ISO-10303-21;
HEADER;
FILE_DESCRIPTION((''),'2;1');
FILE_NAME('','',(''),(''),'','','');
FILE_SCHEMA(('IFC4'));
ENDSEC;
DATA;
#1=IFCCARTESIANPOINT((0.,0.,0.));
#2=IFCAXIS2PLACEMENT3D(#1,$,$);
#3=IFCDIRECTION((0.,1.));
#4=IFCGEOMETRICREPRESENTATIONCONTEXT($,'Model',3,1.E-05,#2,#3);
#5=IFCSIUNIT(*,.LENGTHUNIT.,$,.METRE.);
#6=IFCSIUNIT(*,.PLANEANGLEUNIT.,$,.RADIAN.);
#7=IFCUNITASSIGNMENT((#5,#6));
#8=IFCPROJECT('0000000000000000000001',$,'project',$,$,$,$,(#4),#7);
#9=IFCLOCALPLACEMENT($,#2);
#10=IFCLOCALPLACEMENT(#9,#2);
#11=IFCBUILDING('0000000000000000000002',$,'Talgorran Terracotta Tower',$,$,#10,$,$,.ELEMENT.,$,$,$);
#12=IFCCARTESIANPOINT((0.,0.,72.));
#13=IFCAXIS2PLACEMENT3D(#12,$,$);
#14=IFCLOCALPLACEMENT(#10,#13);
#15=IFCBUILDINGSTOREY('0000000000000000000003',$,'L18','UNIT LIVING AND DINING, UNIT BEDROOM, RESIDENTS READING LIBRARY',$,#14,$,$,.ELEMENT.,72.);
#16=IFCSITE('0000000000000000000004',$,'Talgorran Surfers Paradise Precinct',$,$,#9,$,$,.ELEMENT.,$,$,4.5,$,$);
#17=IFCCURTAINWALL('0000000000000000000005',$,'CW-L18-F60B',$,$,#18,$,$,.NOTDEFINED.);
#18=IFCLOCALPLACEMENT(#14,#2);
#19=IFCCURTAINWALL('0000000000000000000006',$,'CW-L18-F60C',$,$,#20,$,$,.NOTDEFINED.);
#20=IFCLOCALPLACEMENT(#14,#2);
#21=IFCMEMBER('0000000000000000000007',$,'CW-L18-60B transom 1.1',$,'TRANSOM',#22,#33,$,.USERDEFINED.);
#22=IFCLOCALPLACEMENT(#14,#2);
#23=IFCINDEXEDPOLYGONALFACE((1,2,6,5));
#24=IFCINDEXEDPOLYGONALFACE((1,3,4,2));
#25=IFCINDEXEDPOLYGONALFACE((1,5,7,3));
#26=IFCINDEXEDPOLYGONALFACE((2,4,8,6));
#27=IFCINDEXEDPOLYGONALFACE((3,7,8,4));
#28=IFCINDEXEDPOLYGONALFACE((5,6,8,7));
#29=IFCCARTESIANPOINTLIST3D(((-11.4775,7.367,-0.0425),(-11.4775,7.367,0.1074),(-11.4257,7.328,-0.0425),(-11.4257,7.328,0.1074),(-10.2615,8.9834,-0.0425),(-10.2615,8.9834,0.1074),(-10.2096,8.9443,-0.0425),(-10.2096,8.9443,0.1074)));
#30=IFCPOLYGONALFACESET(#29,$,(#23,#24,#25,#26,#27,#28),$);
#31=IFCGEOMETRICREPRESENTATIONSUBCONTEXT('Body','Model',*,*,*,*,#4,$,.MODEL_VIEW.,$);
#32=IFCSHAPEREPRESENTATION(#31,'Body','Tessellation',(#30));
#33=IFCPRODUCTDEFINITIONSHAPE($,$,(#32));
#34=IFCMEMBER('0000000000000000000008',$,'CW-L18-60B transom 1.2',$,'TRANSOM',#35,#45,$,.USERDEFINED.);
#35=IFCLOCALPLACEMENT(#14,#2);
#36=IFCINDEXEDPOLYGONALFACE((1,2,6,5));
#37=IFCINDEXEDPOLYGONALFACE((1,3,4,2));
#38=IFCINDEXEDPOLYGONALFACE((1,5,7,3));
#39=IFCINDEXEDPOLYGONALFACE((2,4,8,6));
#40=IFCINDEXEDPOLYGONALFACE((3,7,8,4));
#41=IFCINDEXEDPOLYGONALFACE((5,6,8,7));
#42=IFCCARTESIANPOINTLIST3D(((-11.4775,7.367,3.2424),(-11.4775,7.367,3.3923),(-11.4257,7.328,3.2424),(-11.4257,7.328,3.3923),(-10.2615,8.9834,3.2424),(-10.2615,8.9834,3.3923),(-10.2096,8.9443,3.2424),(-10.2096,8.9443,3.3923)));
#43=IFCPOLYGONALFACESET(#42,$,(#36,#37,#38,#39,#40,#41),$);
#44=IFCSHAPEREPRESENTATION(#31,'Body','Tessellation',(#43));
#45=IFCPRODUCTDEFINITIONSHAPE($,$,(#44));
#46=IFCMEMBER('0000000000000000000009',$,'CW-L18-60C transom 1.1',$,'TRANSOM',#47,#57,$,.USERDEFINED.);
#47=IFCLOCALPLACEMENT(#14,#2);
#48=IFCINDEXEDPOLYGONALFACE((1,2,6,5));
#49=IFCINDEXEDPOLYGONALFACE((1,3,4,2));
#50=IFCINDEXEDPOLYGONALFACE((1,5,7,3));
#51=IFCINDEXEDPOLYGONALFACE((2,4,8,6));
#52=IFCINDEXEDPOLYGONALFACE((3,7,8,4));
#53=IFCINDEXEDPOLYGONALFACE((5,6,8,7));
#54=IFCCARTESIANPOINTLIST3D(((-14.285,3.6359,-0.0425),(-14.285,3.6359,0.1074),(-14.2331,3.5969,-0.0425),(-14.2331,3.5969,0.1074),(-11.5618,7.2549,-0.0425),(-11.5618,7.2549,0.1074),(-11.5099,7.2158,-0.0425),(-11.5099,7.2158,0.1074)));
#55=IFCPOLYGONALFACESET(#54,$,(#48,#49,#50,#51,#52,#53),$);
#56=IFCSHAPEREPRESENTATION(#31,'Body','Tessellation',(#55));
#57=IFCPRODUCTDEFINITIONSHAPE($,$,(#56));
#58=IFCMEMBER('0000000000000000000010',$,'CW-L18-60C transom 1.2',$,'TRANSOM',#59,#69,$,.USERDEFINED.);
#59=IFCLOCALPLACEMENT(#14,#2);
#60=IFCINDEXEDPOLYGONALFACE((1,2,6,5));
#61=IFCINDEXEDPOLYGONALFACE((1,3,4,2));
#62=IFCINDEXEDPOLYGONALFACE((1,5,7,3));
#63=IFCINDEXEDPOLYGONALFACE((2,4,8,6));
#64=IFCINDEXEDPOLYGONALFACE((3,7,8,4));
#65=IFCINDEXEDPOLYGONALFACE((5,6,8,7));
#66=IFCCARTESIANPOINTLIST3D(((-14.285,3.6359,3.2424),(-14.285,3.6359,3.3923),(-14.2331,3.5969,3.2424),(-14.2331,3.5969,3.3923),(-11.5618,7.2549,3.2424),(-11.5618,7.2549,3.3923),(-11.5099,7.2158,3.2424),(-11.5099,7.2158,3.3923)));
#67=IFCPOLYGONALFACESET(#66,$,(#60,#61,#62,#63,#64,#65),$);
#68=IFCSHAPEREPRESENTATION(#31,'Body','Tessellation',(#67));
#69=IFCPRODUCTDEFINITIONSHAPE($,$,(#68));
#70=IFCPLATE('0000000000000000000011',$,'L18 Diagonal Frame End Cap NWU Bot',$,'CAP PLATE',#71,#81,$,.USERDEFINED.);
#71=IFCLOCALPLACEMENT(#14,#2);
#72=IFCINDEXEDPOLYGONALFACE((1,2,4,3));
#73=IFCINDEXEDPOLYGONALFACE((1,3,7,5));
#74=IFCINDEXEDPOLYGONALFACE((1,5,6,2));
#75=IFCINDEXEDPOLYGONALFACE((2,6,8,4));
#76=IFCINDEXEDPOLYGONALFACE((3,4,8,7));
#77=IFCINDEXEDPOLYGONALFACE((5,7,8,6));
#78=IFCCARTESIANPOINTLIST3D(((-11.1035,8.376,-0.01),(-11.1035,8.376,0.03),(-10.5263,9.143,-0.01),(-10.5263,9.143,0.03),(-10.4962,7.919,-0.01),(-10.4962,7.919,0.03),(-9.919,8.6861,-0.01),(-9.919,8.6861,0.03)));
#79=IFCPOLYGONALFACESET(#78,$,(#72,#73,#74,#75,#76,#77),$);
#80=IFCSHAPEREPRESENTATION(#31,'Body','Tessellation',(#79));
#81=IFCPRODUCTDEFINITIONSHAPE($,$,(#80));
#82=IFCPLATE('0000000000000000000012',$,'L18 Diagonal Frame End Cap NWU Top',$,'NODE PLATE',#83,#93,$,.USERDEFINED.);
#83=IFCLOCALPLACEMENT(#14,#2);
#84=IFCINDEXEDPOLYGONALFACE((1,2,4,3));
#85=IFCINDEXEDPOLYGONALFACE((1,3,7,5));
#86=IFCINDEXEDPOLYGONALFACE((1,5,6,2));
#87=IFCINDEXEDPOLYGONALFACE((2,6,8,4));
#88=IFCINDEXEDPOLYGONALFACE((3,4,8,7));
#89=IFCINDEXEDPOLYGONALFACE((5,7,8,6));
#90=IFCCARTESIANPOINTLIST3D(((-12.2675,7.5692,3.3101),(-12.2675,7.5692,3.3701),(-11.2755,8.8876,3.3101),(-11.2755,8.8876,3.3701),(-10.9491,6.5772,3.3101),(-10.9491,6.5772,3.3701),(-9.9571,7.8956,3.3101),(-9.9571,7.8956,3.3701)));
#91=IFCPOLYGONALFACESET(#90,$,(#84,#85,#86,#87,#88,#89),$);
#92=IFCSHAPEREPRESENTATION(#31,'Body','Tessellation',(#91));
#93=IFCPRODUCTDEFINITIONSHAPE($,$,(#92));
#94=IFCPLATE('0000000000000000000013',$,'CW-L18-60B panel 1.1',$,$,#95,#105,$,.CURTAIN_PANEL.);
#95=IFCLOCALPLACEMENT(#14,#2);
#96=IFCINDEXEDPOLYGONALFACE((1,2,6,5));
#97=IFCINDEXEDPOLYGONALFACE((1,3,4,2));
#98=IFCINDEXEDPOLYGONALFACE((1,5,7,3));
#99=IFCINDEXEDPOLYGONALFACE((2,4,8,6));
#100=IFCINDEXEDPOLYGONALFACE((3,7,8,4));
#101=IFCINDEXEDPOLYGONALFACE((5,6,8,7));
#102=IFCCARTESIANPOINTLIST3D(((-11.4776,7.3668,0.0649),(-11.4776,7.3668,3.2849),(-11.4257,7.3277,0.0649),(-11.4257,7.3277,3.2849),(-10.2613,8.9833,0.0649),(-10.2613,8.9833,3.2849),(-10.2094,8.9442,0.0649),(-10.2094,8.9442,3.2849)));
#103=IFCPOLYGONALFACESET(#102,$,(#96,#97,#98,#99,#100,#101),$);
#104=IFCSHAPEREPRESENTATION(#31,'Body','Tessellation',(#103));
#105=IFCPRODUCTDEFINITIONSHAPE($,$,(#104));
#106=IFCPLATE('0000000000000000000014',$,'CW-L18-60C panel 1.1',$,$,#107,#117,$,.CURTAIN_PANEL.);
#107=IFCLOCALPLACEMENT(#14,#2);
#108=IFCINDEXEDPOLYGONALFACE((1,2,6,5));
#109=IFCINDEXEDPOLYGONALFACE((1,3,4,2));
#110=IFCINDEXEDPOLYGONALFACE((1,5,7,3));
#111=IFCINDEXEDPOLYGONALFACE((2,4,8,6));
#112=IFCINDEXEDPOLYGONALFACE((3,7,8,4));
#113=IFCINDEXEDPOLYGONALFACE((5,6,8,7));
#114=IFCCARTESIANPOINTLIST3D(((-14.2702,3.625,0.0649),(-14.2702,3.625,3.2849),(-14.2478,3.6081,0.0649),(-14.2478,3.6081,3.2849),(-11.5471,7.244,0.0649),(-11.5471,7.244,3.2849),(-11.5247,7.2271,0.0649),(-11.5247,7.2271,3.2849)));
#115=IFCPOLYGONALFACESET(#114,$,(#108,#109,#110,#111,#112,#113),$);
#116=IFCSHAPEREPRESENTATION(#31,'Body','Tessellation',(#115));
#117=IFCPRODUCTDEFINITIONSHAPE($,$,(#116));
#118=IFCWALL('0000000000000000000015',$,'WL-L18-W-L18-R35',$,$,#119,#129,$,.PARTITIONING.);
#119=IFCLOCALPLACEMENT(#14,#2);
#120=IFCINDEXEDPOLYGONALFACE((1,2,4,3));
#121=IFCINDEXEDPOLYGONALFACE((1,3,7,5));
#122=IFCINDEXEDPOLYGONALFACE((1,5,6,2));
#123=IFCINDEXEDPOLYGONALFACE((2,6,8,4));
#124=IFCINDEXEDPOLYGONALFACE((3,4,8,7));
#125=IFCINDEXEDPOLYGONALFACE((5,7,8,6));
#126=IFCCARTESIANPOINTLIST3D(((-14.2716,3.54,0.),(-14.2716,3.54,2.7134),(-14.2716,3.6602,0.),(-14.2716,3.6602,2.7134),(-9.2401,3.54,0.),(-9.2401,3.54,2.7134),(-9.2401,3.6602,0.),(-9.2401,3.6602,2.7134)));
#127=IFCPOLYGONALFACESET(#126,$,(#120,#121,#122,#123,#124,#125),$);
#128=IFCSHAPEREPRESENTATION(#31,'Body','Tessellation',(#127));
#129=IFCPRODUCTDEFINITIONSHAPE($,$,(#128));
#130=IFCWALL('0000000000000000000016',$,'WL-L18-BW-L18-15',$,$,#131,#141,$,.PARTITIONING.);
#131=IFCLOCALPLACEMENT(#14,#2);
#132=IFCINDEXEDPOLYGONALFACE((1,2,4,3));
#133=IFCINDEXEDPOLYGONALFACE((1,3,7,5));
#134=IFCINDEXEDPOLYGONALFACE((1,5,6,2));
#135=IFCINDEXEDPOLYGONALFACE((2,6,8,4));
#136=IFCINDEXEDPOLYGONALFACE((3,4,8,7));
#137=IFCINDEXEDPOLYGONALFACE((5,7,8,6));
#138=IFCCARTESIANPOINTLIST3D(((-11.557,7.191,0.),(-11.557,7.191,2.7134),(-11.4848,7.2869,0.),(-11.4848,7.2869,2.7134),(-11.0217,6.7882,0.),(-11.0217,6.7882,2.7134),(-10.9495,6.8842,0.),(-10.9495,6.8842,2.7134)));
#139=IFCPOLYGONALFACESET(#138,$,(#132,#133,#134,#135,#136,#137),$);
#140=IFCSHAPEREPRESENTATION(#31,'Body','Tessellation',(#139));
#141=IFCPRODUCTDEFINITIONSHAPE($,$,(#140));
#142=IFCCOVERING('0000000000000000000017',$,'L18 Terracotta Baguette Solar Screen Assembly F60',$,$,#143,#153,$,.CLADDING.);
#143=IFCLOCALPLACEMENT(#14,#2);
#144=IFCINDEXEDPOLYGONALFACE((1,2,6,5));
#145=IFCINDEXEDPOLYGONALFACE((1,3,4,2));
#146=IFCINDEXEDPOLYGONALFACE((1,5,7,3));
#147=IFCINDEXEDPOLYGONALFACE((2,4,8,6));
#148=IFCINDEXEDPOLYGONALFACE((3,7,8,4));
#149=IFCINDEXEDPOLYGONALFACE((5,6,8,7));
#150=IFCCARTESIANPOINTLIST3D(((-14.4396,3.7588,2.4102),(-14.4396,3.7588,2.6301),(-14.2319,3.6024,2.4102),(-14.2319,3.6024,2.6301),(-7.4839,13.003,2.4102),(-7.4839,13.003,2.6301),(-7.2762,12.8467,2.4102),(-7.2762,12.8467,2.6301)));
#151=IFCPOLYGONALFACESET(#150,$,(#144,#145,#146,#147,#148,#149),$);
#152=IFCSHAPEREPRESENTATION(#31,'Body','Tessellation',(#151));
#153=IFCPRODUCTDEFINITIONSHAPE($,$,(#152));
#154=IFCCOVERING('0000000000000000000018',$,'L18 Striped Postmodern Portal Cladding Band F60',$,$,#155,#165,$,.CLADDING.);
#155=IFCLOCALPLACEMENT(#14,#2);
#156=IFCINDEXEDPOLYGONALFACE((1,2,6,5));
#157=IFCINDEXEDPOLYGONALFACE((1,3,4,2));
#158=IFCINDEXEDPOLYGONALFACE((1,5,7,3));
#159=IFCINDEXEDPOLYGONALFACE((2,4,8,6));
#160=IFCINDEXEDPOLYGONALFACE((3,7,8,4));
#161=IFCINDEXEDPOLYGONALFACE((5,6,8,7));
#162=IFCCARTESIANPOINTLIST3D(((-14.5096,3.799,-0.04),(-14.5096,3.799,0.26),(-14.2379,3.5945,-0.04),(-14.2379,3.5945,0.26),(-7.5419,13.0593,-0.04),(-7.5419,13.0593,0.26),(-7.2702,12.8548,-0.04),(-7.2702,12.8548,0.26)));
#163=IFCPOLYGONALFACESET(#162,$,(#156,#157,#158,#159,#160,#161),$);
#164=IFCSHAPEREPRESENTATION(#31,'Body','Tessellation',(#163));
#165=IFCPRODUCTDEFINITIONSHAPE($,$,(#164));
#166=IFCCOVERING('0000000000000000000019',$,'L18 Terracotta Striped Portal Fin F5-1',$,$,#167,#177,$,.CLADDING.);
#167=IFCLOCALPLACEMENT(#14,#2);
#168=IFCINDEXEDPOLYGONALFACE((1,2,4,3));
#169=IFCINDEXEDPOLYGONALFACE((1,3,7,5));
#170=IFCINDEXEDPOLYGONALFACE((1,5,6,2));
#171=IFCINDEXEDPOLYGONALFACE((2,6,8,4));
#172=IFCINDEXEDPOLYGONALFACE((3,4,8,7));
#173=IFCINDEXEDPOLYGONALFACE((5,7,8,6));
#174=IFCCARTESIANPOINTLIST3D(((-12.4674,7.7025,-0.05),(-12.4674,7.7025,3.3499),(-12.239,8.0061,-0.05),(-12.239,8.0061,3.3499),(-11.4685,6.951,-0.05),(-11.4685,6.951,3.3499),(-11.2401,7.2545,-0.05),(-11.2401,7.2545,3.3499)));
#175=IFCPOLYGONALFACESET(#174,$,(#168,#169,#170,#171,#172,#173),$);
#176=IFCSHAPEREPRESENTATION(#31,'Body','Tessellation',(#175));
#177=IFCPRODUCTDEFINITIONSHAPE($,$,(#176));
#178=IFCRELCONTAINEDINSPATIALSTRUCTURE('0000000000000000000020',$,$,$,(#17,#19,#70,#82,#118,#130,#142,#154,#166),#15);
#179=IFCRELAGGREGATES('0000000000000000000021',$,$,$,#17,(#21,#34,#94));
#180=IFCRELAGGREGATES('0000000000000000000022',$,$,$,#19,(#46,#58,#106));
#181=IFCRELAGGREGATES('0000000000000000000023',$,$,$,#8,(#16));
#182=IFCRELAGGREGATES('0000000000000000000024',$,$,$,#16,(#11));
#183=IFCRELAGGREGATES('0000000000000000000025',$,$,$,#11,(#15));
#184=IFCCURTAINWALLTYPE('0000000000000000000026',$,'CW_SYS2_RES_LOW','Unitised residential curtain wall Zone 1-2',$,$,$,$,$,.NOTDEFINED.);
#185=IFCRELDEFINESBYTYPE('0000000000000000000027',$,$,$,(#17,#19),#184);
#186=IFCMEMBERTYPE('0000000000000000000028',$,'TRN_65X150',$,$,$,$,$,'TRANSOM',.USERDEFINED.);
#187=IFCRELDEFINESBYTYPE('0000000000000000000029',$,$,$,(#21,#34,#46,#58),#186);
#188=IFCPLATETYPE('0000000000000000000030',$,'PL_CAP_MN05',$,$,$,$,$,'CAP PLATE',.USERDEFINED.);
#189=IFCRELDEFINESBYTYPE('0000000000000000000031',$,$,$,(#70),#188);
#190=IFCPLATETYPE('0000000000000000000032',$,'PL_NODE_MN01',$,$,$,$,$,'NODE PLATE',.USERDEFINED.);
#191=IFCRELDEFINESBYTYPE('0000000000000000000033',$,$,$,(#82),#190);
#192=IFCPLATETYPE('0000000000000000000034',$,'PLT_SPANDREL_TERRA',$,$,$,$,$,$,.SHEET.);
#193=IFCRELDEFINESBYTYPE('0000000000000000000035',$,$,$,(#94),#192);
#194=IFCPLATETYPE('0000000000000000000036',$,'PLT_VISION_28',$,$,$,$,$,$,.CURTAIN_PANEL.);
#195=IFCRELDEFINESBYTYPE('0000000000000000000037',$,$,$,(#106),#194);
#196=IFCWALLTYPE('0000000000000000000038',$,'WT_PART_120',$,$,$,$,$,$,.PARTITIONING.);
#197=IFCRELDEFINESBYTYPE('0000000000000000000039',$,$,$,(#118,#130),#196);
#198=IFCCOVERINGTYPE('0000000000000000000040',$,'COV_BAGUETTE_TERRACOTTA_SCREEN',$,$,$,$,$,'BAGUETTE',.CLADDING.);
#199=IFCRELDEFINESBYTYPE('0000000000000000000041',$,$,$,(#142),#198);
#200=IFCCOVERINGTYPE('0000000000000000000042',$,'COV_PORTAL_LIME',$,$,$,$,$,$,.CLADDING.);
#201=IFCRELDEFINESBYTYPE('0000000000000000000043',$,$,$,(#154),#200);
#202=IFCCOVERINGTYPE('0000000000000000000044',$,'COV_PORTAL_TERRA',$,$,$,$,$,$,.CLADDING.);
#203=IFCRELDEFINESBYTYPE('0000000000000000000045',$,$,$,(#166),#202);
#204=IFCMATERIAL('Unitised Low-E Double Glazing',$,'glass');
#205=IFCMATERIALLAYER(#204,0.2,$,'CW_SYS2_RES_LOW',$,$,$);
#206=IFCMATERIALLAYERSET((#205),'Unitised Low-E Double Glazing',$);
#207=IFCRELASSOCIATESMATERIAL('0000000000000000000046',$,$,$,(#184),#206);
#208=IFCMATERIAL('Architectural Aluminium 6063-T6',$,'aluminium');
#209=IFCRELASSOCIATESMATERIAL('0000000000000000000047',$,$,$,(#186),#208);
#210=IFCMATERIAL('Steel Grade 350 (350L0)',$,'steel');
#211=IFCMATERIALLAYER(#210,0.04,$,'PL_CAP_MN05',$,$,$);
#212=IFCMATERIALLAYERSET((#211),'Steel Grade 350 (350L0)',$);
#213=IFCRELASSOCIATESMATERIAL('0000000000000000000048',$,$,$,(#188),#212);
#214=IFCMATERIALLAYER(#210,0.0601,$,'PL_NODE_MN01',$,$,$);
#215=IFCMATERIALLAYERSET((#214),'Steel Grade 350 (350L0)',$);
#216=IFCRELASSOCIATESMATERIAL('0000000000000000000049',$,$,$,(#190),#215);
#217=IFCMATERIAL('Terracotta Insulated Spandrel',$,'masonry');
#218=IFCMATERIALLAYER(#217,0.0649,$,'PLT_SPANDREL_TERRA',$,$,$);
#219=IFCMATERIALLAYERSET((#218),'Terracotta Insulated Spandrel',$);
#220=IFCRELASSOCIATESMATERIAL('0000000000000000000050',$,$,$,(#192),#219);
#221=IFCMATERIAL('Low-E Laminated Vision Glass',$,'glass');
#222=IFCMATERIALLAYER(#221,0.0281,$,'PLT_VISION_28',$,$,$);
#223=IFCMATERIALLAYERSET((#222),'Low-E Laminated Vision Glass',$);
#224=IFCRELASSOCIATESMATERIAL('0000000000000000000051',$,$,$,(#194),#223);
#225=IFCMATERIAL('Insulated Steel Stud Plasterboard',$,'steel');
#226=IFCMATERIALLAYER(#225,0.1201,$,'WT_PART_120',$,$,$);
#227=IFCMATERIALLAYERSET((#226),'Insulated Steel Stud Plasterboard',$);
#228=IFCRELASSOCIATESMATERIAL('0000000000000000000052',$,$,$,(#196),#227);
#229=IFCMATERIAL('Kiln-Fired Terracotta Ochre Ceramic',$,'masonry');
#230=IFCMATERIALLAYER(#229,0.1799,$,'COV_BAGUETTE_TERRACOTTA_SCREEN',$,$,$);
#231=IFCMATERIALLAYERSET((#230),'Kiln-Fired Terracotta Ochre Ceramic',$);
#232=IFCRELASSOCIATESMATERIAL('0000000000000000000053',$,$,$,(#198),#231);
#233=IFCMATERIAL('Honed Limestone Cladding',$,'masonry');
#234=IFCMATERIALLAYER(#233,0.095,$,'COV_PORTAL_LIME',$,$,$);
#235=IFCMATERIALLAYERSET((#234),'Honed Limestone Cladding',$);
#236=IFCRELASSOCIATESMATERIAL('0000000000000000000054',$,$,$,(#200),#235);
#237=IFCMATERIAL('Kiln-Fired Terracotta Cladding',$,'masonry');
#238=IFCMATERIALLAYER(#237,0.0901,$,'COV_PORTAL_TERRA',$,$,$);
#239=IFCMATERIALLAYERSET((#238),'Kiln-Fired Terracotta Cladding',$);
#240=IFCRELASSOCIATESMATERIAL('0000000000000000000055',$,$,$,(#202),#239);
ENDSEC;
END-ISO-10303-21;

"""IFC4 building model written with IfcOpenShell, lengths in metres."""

from ifc_helpers import new_model, si_unit, direction, frame, frame_2d, origin, origin_2d, place, context, subcontext, project, spatial, rectangle, extrude, source, transform, mapped, material, layer, layer_set, material_profile, profile_set, type_object, type_shapes, element, aggregate, save


model = new_model("IFC4")

# Units and contexts
model_context = context("Model", 3, precision=1e-05, world=origin(), true_north=direction((0.0, 1.0)))
body_context = subcontext(model_context, "Body", "Model", "MODEL_VIEW")
ifc_project = project(units=[si_unit("LENGTHUNIT", "METRE"), si_unit("PLANEANGLEUNIT", "RADIAN")], contexts=[model_context])

# Site, building, storey
site_placement = place(None, origin())
site = spatial("IfcSite", under=ifc_project, at=site_placement, Name="Talgorran Surfers Paradise Precinct", CompositionType="ELEMENT", RefElevation=4.5)
building_placement = place(site_placement, origin())
building = spatial("IfcBuilding", under=site, at=building_placement, Name="Talgorran Terracotta Tower", CompositionType="ELEMENT")
storey_placement = place(building_placement, frame((0.0, 0.0, 72.0)))
storey = spatial("IfcBuildingStorey", under=building, at=storey_placement, Name="L18", Description="UNIT LIVING AND DINING, UNIT BEDROOM, RESIDENTS READING LIBRARY", CompositionType="ELEMENT", Elevation=72.0)

# Shared definitions
ifc_material_1 = material(Name="Steel Grade 350 (350L0)", Category="steel")

# Shared definitions
ifc_material_2 = material(Name="Unitised Low-E Double Glazing", Category="glass")
ifc_layer_1 = layer(ifc_material_2, 0.2, Name="CW_SYS2_RES_LOW")
ifc_layer_set_1 = layer_set([ifc_layer_1], Name="Unitised Low-E Double Glazing")
curtain_wall_type = type_object("IfcCurtainWallType", Name="CW_SYS2_RES_LOW", Description="Unitised residential curtain wall Zone 1-2", PredefinedType="NOTDEFINED", material=ifc_layer_set_1)
ifc_material_3 = material(Name="Architectural Aluminium 6063-T6", Category="aluminium")

# Curtain walls
curtain_wall_1_placement = place(storey_placement, origin())
curtain_wall_1 = element("IfcCurtainWall", 1, at=curtain_wall_1_placement, inside=storey, type_object=curtain_wall_type, Name="CW-L18-F60B", PredefinedType="NOTDEFINED")
curtain_wall_2_placement = place(storey_placement, origin())
curtain_wall_2 = element("IfcCurtainWall", 2, at=curtain_wall_2_placement, inside=storey, type_object=curtain_wall_type, Name="CW-L18-F60C", PredefinedType="NOTDEFINED")

# Members
ifc_material_profile_1 = material_profile(ifc_material_3, rectangle(XDim=0.0649, YDim=0.1499, at=origin_2d()), Name="CWT65X150")
ifc_profile_set_1 = profile_set([ifc_material_profile_1], Name="Architectural Aluminium 6063-T6")
member_type_1 = type_object("IfcMemberType", Name="TRN_65X150", ElementType="TRANSOM", PredefinedType="USERDEFINED", material=ifc_profile_set_1)
member_1_placement = place(storey_placement, frame((-10.2356, 8.9639, 0.0325), z_axis=(-0.601177, -0.799116, 0.0), x_axis=(0.799116, -0.601177, 0.0)))
member_1 = element("IfcMember", 3, at=member_1_placement, type_object=member_type_1, Name="CW-L18-60B transom 1.1", ObjectType="TRANSOM", PredefinedType="USERDEFINED", context=body_context, shape_type="SweptSolid", body=[
    extrude(rectangle(XDim=0.0649, YDim=0.1499, at=origin_2d()), origin(), (0.0, 0.0, 1.0), 2.0227),
])
member_2_placement = place(storey_placement, frame((-10.2356, 8.9639, 3.3174), z_axis=(-0.601177, -0.799116, 0.0), x_axis=(0.799116, -0.601177, 0.0)))
member_2 = element("IfcMember", 4, at=member_2_placement, type_object=member_type_1, Name="CW-L18-60B transom 1.2", ObjectType="TRANSOM", PredefinedType="USERDEFINED", context=body_context, shape_type="SweptSolid", body=[
    extrude(rectangle(XDim=0.0649, YDim=0.1499, at=origin_2d()), origin(), (0.0, 0.0, 1.0), 2.0227),
])
member_3_placement = place(storey_placement, frame((-11.5359, 7.2354, 0.0325), z_axis=(-0.601267, -0.799048, 0.0), x_axis=(0.799048, -0.601267, 0.0)))
member_3 = element("IfcMember", 5, at=member_3_placement, type_object=member_type_1, Name="CW-L18-60C transom 1.1", ObjectType="TRANSOM", PredefinedType="USERDEFINED", context=body_context, shape_type="SweptSolid", body=[
    extrude(rectangle(XDim=0.0649, YDim=0.1499, at=origin_2d()), origin(), (0.0, 0.0, 1.0), 4.5291),
])
member_4_placement = place(storey_placement, frame((-11.5359, 7.2354, 3.3174), z_axis=(-0.601267, -0.799048, 0.0), x_axis=(0.799048, -0.601267, 0.0)))
member_4 = element("IfcMember", 6, at=member_4_placement, type_object=member_type_1, Name="CW-L18-60C transom 1.2", ObjectType="TRANSOM", PredefinedType="USERDEFINED", context=body_context, shape_type="SweptSolid", body=[
    extrude(rectangle(XDim=0.0649, YDim=0.1499, at=origin_2d()), origin(), (0.0, 0.0, 1.0), 4.5291),
])

# Plates
ifc_layer_2 = layer(ifc_material_1, 0.04, Name="PL_CAP_MN05")
ifc_layer_set_2 = layer_set([ifc_layer_2], Name="Steel Grade 350 (350L0)")
plate_type_1 = type_object("IfcPlateType", Name="PL_CAP_MN05", ElementType="CAP PLATE", PredefinedType="USERDEFINED", material=ifc_layer_set_2)
plate_1_placement = place(storey_placement, frame((-10.5112, 8.531, -0.01), z_axis=(0.0, 0.0, 1.0), x_axis=(-0.601257, -0.799055, 0.0)))
element("IfcPlate", 7, at=plate_1_placement, inside=storey, type_object=plate_type_1, Name="L18 Diagonal Frame End Cap NWU Bot", ObjectType="CAP PLATE", PredefinedType="USERDEFINED", context=body_context, shape_type="SweptSolid", body=[
    extrude(rectangle(XDim=0.96, YDim=0.76, at=origin_2d()), origin(), (0.0, 0.0, 1.0), 0.04),
])
ifc_layer_3 = layer(ifc_material_1, 0.0601, Name="PL_NODE_MN01")
ifc_layer_set_3 = layer_set([ifc_layer_3], Name="Steel Grade 350 (350L0)")
plate_type_2 = type_object("IfcPlateType", Name="PL_NODE_MN01", ElementType="NODE PLATE", PredefinedType="USERDEFINED", material=ifc_layer_set_3)
plate_2_placement = place(storey_placement, frame((-11.1123, 7.7324, 3.3101), z_axis=(0.0, 0.0, 1.0), x_axis=(-0.601257, -0.799055, 0.0)))
element("IfcPlate", 8, at=plate_2_placement, inside=storey, type_object=plate_type_2, Name="L18 Diagonal Frame End Cap NWU Top", ObjectType="NODE PLATE", PredefinedType="USERDEFINED", context=body_context, shape_type="SweptSolid", body=[
    extrude(rectangle(XDim=1.6499, YDim=1.6499, at=origin_2d()), origin(), (0.0, 0.0, 1.0), 0.0601),
])

# Plates
ifc_material_4 = material(Name="Terracotta Insulated Spandrel", Category="masonry")
ifc_layer_4 = layer(ifc_material_4, 0.0649, Name="PLT_SPANDREL_TERRA")
ifc_layer_set_4 = layer_set([ifc_layer_4], Name="Terracotta Insulated Spandrel")
plate_type_3 = type_object("IfcPlateType", Name="PLT_SPANDREL_TERRA", PredefinedType="SHEET", material=ifc_layer_set_4)
shared_shape_1 = source(origin(), body_context, "Body", "SweptSolid", [
    extrude(rectangle(XDim=2.0229, YDim=0.0649, at=origin_2d()), origin(), (0.0, 0.0, 1.0), 3.22),
])
type_shapes(plate_type_3, [shared_shape_1])
plate_3_placement = place(storey_placement, frame((-10.8435, 8.1555, 0.0649), z_axis=(0.0, 0.0, 1.0), x_axis=(-0.601218, -0.799085, 0.0)))
plate_3 = element("IfcPlate", 9, at=plate_3_placement, type_object=plate_type_3, Name="CW-L18-60B panel 1.1", PredefinedType="CURTAIN_PANEL", context=body_context, shape_type="MappedRepresentation", body=[
    mapped(shared_shape_1, transform((0.0, 0.0, 0.0), scale=1.0)),
])
aggregate(curtain_wall_1, [member_1, member_2, plate_3])
ifc_material_5 = material(Name="Low-E Laminated Vision Glass", Category="glass")
ifc_layer_5 = layer(ifc_material_5, 0.0281, Name="PLT_VISION_28")
ifc_layer_set_5 = layer_set([ifc_layer_5], Name="Low-E Laminated Vision Glass")
plate_type_4 = type_object("IfcPlateType", Name="PLT_VISION_28", PredefinedType="CURTAIN_PANEL", material=ifc_layer_set_5)
shared_shape_2 = source(origin(), body_context, "Body", "SweptSolid", [
    extrude(rectangle(XDim=4.5291, YDim=0.0281, at=origin_2d()), origin(), (0.0, 0.0, 1.0), 3.22),
])
type_shapes(plate_type_4, [shared_shape_2])
plate_4_placement = place(storey_placement, frame((-12.8975, 5.426, 0.0649), z_axis=(0.0, 0.0, 1.0), x_axis=(-0.601249, -0.799061, 0.0)))
plate_4 = element("IfcPlate", 10, at=plate_4_placement, type_object=plate_type_4, Name="CW-L18-60C panel 1.1", PredefinedType="CURTAIN_PANEL", context=body_context, shape_type="MappedRepresentation", body=[
    mapped(shared_shape_2, transform((0.0, 0.0, 0.0), scale=1.0)),
])
aggregate(curtain_wall_2, [member_3, member_4, plate_4])

# Walls
ifc_material_6 = material(Name="Insulated Steel Stud Plasterboard", Category="steel")
ifc_layer_6 = layer(ifc_material_6, 0.1201, Name="WT_PART_120")
ifc_layer_set_6 = layer_set([ifc_layer_6], Name="Insulated Steel Stud Plasterboard")
wall_type = type_object("IfcWallType", Name="WT_PART_120", PredefinedType="PARTITIONING", material=ifc_layer_set_6)
wall_1_placement = place(storey_placement, frame((-14.2715, 3.6001, 0.0), z_axis=(0.0, 0.0, 1.0), x_axis=(1.0, 0.0, 0.0)))
element("IfcWall", 11, at=wall_1_placement, inside=storey, type_object=wall_type, Name="WL-L18-W-L18-R35", PredefinedType="PARTITIONING", context=body_context, shape_type="SweptSolid", body=[
    extrude(rectangle(XDim=5.0315, YDim=0.1201, at=frame_2d((2.5156, 0.0))), origin(), (0.0, 0.0, 1.0), 2.7134),
])
wall_2_placement = place(storey_placement, frame((-10.9856, 6.8362, 0.0), z_axis=(0.0, 0.0, 1.0), x_axis=(-0.799081, 0.601224, 0.0)))
element("IfcWall", 12, at=wall_2_placement, inside=storey, type_object=wall_type, Name="WL-L18-BW-L18-15", PredefinedType="PARTITIONING", context=body_context, shape_type="SweptSolid", body=[
    extrude(rectangle(XDim=0.6699, YDim=0.1201, at=frame_2d((0.335, 0.0))), origin(), (0.0, 0.0, 1.0), 2.7134),
])

# Coverings
ifc_material_7 = material(Name="Kiln-Fired Terracotta Ochre Ceramic", Category="masonry")
ifc_layer_7 = layer(ifc_material_7, 0.1799, Name="COV_BAGUETTE_TERRACOTTA_SCREEN")
ifc_layer_set_7 = layer_set([ifc_layer_7], Name="Kiln-Fired Terracotta Ochre Ceramic")
covering_type_1 = type_object("IfcCoveringType", Name="COV_BAGUETTE_TERRACOTTA_SCREEN", ElementType="BAGUETTE", PredefinedType="CLADDING", material=ifc_layer_set_7)
covering_1_placement = place(storey_placement, frame((-10.8579, 8.3027, 2.4102), z_axis=(0.0, 0.0, 1.0), x_axis=(-0.601243, -0.799066, 0.0)))
element("IfcCovering", 13, at=covering_1_placement, inside=storey, type_object=covering_type_1, Name="L18 Terracotta Baguette Solar Screen Assembly F60", PredefinedType="CLADDING", context=body_context, shape_type="SweptSolid", body=[
    extrude(rectangle(XDim=11.5688, YDim=0.26, at=origin_2d()), origin(), (0.0, 0.0, 1.0), 0.22),
])
ifc_material_8 = material(Name="Honed Limestone Cladding", Category="masonry")
ifc_layer_8 = layer(ifc_material_8, 0.095, Name="COV_PORTAL_LIME")
ifc_layer_set_8 = layer_set([ifc_layer_8], Name="Honed Limestone Cladding")
covering_type_2 = type_object("IfcCoveringType", Name="COV_PORTAL_LIME", PredefinedType="CLADDING", material=ifc_layer_set_8)
covering_2_placement = place(storey_placement, frame((-10.8899, 8.3269, -0.04), z_axis=(0.0, 0.0, 1.0), x_axis=(-0.601243, -0.799066, 0.0)))
element("IfcCovering", 14, at=covering_2_placement, inside=storey, type_object=covering_type_2, Name="L18 Striped Postmodern Portal Cladding Band F60", PredefinedType="CLADDING", context=body_context, shape_type="SweptSolid", body=[
    extrude(rectangle(XDim=11.5889, YDim=0.3401, at=origin_2d()), origin(), (0.0, 0.0, 1.0), 0.3),
])
ifc_material_9 = material(Name="Kiln-Fired Terracotta Cladding", Category="masonry")
ifc_layer_9 = layer(ifc_material_9, 0.0901, Name="COV_PORTAL_TERRA")
ifc_layer_set_9 = layer_set([ifc_layer_9], Name="Kiln-Fired Terracotta Cladding")
covering_type_3 = type_object("IfcCoveringType", Name="COV_PORTAL_TERRA", PredefinedType="CLADDING", material=ifc_layer_set_9)
covering_3_placement = place(storey_placement, frame((-11.8538, 7.4785, -0.05), z_axis=(0.0, 0.0, 1.0), x_axis=(-0.601243, -0.799066, 0.0)))
element("IfcCovering", 15, at=covering_3_placement, inside=storey, type_object=covering_type_3, Name="L18 Terracotta Striped Portal Fin F5-1", PredefinedType="CLADDING", context=body_context, shape_type="SweptSolid", body=[
    extrude(rectangle(XDim=0.3799, YDim=1.25, at=origin_2d()), origin(), (0.0, 0.0, 1.0), 3.3999),
])

save(model, "model.ifc")
